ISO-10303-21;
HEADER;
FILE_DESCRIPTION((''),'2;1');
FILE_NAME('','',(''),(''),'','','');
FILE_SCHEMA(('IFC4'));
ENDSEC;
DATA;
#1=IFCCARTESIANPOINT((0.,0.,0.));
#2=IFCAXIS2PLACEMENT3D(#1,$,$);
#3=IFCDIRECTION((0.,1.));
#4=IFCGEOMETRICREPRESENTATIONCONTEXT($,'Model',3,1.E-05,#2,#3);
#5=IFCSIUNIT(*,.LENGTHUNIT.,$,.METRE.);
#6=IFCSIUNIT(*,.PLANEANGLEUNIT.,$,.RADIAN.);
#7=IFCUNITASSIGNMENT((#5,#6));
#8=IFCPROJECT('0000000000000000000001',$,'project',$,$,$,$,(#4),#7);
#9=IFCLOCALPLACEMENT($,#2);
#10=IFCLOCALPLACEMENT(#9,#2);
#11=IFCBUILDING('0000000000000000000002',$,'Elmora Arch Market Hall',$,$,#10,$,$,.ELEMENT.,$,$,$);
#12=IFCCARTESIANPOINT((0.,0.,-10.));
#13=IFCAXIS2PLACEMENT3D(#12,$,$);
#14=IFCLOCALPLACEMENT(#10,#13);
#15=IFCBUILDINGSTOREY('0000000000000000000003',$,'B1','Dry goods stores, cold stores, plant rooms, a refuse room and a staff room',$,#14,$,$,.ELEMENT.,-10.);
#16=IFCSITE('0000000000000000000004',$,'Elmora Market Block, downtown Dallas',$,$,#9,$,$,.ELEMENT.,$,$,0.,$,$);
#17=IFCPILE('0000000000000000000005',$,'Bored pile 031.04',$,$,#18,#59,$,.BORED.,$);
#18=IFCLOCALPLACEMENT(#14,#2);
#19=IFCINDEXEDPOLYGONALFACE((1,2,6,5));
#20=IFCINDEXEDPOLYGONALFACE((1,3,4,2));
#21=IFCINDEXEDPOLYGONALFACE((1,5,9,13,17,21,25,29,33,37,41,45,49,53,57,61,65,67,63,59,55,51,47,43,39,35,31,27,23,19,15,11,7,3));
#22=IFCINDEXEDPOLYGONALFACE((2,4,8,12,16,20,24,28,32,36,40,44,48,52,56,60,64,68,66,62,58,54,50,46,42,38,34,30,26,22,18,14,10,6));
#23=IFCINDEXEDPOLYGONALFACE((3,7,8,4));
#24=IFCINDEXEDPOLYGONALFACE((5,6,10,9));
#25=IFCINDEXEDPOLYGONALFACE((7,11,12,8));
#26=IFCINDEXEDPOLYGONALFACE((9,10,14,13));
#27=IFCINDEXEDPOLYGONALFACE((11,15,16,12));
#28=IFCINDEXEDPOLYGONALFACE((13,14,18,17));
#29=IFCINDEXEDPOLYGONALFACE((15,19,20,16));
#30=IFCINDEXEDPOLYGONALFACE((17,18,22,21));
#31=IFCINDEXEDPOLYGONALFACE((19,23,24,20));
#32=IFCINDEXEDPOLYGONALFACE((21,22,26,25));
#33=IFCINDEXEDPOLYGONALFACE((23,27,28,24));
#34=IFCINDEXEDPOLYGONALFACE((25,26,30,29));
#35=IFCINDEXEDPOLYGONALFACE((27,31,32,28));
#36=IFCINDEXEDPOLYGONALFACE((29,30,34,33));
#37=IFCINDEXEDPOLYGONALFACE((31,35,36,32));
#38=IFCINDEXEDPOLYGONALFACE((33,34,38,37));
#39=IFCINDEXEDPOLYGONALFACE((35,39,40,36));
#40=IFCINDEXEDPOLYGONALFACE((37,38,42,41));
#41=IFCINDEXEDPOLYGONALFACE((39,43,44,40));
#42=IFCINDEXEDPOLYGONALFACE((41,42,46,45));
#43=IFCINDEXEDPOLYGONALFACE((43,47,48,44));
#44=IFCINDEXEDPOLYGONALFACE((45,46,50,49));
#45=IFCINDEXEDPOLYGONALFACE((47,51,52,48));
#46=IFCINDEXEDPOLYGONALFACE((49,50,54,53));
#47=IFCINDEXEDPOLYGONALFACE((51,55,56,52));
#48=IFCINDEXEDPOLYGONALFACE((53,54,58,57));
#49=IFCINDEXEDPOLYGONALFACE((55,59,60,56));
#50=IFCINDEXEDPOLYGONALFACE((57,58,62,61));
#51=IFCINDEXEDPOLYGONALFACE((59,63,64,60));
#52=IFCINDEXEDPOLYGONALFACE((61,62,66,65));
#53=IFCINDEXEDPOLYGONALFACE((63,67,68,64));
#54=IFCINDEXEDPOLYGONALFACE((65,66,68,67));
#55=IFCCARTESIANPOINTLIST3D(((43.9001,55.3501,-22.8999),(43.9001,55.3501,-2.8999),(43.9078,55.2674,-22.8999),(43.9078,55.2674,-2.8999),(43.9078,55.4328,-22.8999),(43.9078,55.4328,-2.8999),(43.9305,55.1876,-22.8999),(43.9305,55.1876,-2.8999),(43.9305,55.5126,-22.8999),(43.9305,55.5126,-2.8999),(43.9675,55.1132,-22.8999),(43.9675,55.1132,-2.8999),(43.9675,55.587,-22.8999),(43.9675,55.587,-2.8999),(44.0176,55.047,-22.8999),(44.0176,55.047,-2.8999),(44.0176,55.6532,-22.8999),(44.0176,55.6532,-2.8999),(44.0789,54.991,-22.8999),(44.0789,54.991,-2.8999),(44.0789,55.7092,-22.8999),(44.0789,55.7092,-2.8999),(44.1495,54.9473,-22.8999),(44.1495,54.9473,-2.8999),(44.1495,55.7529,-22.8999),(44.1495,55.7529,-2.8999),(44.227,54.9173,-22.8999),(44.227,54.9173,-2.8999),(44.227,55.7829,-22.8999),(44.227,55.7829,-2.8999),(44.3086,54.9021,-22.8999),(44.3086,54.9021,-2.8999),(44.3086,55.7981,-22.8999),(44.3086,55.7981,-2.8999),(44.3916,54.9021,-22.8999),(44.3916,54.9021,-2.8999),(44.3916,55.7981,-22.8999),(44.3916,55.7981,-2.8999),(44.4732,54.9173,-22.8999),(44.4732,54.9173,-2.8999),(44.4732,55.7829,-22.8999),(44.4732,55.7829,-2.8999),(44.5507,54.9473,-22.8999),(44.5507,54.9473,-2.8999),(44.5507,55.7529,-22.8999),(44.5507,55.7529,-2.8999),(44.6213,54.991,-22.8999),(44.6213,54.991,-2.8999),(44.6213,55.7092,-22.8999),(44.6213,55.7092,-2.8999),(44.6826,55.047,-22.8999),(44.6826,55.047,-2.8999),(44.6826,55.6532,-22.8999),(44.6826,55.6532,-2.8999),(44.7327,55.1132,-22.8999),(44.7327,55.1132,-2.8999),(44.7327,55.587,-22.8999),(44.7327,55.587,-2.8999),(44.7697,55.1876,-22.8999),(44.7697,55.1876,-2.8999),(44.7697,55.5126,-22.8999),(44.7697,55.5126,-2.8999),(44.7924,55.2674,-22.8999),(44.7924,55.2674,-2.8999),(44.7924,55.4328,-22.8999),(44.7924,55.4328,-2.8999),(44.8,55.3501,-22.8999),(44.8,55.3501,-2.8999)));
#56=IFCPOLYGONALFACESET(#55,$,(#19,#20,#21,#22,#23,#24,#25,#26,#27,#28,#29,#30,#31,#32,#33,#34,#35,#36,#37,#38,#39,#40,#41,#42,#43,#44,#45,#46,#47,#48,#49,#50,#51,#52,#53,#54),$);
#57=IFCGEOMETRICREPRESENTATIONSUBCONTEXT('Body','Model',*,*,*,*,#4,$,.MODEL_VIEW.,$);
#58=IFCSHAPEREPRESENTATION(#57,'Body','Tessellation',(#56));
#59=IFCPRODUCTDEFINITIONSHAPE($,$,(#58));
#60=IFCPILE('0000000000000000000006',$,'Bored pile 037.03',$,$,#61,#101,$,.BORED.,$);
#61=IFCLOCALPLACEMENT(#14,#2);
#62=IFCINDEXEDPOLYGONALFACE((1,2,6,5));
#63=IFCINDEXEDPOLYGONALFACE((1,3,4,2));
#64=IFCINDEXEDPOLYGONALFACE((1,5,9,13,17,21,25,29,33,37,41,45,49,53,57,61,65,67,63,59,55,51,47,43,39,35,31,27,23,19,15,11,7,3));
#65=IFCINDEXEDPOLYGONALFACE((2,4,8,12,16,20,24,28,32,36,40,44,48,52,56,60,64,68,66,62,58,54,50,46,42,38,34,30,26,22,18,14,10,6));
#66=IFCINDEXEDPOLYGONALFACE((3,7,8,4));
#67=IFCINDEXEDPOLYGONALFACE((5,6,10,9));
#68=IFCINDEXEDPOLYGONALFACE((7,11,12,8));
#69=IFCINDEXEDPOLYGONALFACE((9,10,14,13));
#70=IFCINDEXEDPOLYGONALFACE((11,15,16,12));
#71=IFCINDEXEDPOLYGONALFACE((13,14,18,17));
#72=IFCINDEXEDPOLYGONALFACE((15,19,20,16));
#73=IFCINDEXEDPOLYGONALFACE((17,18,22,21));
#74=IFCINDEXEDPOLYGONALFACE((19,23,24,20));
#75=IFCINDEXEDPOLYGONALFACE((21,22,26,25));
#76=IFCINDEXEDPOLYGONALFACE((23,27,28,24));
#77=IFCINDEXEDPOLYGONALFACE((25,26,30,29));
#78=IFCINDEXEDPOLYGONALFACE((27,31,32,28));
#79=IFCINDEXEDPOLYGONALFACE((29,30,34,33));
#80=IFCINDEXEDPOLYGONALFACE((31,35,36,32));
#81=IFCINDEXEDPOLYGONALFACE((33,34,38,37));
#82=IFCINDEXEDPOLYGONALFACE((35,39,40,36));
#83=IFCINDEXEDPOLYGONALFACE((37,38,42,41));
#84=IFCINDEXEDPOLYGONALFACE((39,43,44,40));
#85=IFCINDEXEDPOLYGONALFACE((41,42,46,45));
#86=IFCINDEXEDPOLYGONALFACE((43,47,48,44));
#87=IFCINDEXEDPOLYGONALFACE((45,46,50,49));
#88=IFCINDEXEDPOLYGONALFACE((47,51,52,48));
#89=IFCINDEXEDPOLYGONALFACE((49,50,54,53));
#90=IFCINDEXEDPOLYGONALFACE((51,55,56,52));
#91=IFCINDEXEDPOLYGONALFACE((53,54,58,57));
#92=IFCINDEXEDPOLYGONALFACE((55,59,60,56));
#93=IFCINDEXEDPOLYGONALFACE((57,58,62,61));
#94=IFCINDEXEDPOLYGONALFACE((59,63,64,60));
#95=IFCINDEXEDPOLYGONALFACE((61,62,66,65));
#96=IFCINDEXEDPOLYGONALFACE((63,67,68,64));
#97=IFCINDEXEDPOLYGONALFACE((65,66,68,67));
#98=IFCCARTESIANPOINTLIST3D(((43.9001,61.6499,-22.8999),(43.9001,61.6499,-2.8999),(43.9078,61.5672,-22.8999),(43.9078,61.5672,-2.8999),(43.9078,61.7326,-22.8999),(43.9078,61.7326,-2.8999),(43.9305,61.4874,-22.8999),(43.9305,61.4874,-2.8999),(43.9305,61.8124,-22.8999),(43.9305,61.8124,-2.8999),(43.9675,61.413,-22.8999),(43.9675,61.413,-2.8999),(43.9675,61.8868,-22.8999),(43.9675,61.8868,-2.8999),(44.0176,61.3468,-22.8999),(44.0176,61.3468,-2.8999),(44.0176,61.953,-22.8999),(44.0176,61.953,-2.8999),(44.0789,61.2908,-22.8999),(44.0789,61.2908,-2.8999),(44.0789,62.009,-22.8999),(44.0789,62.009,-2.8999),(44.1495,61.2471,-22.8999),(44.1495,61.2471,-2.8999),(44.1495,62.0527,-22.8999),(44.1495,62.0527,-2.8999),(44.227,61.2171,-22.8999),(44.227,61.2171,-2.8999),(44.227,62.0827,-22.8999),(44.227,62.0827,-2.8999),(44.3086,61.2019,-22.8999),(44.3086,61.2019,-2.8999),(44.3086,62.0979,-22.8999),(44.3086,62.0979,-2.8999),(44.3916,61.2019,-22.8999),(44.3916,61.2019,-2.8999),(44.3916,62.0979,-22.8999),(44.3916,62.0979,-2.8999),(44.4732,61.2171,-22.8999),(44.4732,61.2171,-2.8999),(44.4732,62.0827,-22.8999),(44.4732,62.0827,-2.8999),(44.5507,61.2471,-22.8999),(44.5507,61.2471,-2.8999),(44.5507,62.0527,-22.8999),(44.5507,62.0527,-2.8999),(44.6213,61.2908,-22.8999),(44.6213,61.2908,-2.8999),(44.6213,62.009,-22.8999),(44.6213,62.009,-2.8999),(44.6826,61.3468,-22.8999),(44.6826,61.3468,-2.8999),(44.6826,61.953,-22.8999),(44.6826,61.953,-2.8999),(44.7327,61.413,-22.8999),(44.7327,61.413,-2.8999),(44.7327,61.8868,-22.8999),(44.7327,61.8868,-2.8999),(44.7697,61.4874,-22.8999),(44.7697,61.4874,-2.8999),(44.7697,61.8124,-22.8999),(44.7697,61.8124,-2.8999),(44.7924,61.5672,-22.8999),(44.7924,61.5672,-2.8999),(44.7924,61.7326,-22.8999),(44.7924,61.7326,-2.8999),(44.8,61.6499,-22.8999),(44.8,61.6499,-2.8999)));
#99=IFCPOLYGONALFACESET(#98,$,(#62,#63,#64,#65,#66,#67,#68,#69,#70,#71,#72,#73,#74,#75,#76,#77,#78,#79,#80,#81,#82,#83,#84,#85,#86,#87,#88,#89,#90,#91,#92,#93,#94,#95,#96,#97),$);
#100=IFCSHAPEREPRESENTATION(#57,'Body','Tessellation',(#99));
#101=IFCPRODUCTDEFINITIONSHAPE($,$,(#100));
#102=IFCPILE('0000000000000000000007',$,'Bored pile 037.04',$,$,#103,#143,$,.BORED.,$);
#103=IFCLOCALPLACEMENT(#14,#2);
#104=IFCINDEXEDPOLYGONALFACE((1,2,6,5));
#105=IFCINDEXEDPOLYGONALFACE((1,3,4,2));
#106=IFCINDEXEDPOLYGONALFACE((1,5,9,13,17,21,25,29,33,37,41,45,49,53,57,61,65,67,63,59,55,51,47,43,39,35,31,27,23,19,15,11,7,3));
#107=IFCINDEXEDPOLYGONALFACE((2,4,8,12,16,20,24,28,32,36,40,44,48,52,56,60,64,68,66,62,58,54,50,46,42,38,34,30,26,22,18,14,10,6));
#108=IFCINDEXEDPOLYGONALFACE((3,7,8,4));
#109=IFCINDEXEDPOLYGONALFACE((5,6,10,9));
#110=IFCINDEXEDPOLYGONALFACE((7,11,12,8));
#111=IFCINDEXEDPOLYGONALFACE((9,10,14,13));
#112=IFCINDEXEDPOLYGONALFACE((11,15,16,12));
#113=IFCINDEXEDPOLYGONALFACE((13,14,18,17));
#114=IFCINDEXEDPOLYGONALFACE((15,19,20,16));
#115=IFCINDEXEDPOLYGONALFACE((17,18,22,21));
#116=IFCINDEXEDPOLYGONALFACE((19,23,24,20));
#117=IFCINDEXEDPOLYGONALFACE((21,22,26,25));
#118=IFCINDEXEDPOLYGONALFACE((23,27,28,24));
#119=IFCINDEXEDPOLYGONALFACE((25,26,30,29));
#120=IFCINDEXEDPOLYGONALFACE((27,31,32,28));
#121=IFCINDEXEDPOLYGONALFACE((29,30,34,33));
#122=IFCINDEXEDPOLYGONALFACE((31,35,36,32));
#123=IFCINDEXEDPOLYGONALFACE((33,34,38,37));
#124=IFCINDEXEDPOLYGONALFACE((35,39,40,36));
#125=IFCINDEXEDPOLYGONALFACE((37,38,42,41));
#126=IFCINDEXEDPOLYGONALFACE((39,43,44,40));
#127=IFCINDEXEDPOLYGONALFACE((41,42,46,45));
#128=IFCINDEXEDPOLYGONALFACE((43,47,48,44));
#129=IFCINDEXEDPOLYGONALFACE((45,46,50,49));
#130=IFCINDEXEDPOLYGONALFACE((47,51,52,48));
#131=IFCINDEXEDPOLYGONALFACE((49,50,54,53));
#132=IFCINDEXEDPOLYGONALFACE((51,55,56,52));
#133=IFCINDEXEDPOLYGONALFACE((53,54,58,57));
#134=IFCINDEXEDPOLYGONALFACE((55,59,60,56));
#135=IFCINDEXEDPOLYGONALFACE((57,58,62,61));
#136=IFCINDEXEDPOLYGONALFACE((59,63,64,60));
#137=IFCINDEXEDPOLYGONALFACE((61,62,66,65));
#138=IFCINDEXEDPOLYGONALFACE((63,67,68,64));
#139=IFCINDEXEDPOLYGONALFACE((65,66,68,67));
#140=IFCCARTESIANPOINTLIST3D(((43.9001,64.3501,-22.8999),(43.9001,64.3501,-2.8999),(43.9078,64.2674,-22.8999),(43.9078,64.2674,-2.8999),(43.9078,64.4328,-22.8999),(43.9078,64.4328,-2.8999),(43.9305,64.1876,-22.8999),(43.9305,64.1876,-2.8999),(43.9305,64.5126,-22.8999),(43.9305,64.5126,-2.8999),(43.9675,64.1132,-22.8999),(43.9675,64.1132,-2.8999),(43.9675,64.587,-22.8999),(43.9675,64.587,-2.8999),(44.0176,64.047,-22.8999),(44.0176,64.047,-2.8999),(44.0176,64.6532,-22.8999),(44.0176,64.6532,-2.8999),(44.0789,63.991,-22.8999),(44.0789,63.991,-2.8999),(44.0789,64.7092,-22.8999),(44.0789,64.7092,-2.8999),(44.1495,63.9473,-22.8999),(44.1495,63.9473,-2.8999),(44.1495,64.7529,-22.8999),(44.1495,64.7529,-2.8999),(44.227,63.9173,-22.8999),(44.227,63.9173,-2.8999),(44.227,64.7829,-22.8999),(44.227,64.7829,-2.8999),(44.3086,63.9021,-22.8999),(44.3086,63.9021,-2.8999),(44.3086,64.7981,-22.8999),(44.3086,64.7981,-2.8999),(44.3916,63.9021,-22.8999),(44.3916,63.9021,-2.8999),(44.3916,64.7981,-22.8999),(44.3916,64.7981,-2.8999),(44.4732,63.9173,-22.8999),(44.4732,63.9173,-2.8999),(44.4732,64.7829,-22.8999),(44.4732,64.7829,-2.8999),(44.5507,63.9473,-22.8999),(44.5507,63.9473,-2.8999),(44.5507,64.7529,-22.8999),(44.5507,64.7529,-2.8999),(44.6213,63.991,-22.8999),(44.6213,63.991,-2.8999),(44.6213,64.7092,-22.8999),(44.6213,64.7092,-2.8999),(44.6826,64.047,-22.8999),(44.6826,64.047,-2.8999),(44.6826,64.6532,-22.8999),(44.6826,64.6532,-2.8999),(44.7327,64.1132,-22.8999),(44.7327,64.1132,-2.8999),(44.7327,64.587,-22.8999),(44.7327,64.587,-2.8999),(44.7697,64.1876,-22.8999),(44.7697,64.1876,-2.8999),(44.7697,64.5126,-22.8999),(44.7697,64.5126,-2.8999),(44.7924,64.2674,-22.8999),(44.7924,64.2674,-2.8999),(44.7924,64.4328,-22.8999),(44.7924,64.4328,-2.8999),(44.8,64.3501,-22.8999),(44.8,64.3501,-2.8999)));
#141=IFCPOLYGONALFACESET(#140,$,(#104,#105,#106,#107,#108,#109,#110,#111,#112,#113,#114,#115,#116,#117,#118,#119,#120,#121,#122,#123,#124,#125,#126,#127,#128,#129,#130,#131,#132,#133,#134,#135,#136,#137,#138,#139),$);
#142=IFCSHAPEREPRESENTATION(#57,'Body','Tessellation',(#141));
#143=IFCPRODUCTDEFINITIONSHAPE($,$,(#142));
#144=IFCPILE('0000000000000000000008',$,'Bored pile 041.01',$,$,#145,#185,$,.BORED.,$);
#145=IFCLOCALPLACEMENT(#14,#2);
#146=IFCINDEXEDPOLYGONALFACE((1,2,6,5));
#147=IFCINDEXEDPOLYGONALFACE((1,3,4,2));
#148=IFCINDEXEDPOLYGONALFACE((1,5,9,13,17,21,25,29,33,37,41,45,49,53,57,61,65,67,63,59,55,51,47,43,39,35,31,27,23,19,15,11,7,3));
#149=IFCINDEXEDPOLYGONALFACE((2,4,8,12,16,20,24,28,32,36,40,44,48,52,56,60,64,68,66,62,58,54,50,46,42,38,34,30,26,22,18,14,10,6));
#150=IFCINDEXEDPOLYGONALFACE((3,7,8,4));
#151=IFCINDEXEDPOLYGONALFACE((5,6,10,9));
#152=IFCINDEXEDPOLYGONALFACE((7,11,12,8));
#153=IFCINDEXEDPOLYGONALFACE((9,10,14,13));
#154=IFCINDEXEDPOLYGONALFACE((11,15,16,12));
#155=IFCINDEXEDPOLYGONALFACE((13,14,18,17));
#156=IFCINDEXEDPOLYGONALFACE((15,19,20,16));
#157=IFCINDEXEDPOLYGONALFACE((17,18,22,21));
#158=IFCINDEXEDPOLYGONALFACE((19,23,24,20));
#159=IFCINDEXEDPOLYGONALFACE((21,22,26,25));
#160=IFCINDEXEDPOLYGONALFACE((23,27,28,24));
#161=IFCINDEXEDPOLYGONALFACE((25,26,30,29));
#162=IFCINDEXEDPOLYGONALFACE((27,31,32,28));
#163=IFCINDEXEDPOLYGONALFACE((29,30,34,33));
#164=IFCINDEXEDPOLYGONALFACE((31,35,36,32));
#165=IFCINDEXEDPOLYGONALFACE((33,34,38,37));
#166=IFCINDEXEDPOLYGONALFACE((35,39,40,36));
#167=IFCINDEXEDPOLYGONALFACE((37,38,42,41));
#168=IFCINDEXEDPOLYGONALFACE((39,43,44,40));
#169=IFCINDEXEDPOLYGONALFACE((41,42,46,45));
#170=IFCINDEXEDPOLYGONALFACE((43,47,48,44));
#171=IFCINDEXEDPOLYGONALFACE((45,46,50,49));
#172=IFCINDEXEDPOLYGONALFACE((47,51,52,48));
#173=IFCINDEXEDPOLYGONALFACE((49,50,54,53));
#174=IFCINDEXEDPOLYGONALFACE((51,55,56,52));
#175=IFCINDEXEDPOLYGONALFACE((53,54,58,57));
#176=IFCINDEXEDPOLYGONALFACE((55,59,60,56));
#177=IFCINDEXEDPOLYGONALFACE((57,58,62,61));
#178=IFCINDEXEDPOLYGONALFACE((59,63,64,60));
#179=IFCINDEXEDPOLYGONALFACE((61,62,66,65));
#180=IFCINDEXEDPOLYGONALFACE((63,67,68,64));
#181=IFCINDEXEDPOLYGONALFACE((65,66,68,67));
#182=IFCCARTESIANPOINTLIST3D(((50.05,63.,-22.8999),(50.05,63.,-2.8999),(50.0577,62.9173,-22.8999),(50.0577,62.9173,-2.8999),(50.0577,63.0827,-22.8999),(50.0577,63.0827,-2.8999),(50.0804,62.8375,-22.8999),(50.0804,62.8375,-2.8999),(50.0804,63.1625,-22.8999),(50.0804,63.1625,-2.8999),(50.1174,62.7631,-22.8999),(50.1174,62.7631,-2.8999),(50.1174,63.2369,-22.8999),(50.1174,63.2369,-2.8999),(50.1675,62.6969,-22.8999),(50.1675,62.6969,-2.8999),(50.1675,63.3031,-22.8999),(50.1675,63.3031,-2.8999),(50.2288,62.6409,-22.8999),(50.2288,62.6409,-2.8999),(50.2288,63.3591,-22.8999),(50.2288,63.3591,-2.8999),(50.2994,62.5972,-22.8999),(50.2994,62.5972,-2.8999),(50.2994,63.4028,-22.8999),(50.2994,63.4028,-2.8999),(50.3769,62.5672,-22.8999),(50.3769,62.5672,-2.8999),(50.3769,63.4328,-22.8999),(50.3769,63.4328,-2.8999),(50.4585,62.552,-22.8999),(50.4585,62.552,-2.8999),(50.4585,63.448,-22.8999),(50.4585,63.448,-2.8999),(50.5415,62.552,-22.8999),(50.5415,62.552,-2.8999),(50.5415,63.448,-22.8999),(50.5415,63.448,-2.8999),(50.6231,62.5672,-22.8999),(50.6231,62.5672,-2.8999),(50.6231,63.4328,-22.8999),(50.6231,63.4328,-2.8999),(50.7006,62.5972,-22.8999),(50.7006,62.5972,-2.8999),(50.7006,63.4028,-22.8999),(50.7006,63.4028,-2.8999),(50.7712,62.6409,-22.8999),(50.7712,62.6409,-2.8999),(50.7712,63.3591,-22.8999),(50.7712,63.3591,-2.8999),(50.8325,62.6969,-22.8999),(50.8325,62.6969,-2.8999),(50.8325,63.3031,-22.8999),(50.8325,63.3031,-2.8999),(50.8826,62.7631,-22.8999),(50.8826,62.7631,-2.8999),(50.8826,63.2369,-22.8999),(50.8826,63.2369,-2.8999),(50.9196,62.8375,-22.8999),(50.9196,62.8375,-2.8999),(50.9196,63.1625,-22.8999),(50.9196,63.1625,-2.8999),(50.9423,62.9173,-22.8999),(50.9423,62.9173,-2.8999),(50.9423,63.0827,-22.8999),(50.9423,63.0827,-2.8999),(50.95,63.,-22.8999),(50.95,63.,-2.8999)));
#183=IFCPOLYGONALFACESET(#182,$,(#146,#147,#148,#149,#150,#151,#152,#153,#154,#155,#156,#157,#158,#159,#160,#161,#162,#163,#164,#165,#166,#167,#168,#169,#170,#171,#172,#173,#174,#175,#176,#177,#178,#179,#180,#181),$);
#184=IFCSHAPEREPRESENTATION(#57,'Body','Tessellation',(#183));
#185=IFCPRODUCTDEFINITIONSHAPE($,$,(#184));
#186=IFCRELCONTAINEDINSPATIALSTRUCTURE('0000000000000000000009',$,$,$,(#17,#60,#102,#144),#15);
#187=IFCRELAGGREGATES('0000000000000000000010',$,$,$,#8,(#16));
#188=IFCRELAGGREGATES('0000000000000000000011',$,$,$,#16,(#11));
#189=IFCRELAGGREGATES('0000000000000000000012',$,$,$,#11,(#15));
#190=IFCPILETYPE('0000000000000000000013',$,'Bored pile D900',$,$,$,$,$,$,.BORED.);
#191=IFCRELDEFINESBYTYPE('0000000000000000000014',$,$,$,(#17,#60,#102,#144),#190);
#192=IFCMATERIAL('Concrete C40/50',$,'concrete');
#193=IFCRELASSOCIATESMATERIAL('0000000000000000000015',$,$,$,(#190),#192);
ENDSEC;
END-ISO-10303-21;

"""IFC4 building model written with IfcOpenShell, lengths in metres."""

from ifc_helpers import new_model, si_unit, direction, frame, origin, origin_2d, place, context, subcontext, project, spatial, circle, extrude, material, material_profile, profile_set, type_object, element, save


model = new_model("IFC4")

# Units and contexts
model_context = context("Model", 3, precision=1e-05, world=origin(), true_north=direction((0.0, 1.0)))
body_context = subcontext(model_context, "Body", "Model", "MODEL_VIEW")
ifc_project = project(units=[si_unit("LENGTHUNIT", "METRE"), si_unit("PLANEANGLEUNIT", "RADIAN")], contexts=[model_context])

# Site, building, storey
site_placement = place(None, origin())
site = spatial("IfcSite", under=ifc_project, at=site_placement, Name="Elmora Market Block, downtown Dallas", CompositionType="ELEMENT", RefElevation=0.0)
building_placement = place(site_placement, origin())
building = spatial("IfcBuilding", under=site, at=building_placement, Name="Elmora Arch Market Hall", CompositionType="ELEMENT")
storey_placement = place(building_placement, frame((0.0, 0.0, -10.0)))
storey = spatial("IfcBuildingStorey", under=building, at=storey_placement, Name="B1", Description="Dry goods stores, cold stores, plant rooms, a refuse room and a staff room", CompositionType="ELEMENT", Elevation=-10.0)

# Piles
ifc_material_1 = material(Name="Concrete C40/50", Category="concrete")
ifc_material_profile_1 = material_profile(ifc_material_1, circle(Radius=0.45, at=origin_2d()), Name="Bored pile D900")
ifc_profile_set_1 = profile_set([ifc_material_profile_1], Name="Concrete C40/50")
pile_type = type_object("IfcPileType", Name="Bored pile D900", PredefinedType="BORED", material=ifc_profile_set_1)
for number, where, z_axis, x_axis, name in (
    (1, (44.3501, 55.3501, -2.8999), (0.0, 0.0, -1.0), (1.0, 0.0, 0.0), "Bored pile 031.04"),
    (2, (44.3501, 61.6499, -2.8999), (0.0, 0.0, -1.0), (1.0, 0.0, 0.0), "Bored pile 037.03"),
    (3, (44.3501, 64.3501, -2.8999), (0.0, 0.0, -1.0), (1.0, 0.0, 0.0), "Bored pile 037.04"),
    (4, (50.5, 63.0, -2.8999), (0.0, 0.0, -1.0), (1.0, 0.0, 0.0), "Bored pile 041.01"),
):
    element("IfcPile", number, at=place(storey_placement, frame(where, z_axis=z_axis, x_axis=x_axis)), inside=storey, type_object=pile_type, Name=name, PredefinedType="BORED", context=body_context, shape_type="SweptSolid", body=[
        extrude(circle(Radius=0.45, at=origin_2d()), origin(), (0.0, 0.0, 1.0), 20.0),
    ])

save(model, "model.ifc")
